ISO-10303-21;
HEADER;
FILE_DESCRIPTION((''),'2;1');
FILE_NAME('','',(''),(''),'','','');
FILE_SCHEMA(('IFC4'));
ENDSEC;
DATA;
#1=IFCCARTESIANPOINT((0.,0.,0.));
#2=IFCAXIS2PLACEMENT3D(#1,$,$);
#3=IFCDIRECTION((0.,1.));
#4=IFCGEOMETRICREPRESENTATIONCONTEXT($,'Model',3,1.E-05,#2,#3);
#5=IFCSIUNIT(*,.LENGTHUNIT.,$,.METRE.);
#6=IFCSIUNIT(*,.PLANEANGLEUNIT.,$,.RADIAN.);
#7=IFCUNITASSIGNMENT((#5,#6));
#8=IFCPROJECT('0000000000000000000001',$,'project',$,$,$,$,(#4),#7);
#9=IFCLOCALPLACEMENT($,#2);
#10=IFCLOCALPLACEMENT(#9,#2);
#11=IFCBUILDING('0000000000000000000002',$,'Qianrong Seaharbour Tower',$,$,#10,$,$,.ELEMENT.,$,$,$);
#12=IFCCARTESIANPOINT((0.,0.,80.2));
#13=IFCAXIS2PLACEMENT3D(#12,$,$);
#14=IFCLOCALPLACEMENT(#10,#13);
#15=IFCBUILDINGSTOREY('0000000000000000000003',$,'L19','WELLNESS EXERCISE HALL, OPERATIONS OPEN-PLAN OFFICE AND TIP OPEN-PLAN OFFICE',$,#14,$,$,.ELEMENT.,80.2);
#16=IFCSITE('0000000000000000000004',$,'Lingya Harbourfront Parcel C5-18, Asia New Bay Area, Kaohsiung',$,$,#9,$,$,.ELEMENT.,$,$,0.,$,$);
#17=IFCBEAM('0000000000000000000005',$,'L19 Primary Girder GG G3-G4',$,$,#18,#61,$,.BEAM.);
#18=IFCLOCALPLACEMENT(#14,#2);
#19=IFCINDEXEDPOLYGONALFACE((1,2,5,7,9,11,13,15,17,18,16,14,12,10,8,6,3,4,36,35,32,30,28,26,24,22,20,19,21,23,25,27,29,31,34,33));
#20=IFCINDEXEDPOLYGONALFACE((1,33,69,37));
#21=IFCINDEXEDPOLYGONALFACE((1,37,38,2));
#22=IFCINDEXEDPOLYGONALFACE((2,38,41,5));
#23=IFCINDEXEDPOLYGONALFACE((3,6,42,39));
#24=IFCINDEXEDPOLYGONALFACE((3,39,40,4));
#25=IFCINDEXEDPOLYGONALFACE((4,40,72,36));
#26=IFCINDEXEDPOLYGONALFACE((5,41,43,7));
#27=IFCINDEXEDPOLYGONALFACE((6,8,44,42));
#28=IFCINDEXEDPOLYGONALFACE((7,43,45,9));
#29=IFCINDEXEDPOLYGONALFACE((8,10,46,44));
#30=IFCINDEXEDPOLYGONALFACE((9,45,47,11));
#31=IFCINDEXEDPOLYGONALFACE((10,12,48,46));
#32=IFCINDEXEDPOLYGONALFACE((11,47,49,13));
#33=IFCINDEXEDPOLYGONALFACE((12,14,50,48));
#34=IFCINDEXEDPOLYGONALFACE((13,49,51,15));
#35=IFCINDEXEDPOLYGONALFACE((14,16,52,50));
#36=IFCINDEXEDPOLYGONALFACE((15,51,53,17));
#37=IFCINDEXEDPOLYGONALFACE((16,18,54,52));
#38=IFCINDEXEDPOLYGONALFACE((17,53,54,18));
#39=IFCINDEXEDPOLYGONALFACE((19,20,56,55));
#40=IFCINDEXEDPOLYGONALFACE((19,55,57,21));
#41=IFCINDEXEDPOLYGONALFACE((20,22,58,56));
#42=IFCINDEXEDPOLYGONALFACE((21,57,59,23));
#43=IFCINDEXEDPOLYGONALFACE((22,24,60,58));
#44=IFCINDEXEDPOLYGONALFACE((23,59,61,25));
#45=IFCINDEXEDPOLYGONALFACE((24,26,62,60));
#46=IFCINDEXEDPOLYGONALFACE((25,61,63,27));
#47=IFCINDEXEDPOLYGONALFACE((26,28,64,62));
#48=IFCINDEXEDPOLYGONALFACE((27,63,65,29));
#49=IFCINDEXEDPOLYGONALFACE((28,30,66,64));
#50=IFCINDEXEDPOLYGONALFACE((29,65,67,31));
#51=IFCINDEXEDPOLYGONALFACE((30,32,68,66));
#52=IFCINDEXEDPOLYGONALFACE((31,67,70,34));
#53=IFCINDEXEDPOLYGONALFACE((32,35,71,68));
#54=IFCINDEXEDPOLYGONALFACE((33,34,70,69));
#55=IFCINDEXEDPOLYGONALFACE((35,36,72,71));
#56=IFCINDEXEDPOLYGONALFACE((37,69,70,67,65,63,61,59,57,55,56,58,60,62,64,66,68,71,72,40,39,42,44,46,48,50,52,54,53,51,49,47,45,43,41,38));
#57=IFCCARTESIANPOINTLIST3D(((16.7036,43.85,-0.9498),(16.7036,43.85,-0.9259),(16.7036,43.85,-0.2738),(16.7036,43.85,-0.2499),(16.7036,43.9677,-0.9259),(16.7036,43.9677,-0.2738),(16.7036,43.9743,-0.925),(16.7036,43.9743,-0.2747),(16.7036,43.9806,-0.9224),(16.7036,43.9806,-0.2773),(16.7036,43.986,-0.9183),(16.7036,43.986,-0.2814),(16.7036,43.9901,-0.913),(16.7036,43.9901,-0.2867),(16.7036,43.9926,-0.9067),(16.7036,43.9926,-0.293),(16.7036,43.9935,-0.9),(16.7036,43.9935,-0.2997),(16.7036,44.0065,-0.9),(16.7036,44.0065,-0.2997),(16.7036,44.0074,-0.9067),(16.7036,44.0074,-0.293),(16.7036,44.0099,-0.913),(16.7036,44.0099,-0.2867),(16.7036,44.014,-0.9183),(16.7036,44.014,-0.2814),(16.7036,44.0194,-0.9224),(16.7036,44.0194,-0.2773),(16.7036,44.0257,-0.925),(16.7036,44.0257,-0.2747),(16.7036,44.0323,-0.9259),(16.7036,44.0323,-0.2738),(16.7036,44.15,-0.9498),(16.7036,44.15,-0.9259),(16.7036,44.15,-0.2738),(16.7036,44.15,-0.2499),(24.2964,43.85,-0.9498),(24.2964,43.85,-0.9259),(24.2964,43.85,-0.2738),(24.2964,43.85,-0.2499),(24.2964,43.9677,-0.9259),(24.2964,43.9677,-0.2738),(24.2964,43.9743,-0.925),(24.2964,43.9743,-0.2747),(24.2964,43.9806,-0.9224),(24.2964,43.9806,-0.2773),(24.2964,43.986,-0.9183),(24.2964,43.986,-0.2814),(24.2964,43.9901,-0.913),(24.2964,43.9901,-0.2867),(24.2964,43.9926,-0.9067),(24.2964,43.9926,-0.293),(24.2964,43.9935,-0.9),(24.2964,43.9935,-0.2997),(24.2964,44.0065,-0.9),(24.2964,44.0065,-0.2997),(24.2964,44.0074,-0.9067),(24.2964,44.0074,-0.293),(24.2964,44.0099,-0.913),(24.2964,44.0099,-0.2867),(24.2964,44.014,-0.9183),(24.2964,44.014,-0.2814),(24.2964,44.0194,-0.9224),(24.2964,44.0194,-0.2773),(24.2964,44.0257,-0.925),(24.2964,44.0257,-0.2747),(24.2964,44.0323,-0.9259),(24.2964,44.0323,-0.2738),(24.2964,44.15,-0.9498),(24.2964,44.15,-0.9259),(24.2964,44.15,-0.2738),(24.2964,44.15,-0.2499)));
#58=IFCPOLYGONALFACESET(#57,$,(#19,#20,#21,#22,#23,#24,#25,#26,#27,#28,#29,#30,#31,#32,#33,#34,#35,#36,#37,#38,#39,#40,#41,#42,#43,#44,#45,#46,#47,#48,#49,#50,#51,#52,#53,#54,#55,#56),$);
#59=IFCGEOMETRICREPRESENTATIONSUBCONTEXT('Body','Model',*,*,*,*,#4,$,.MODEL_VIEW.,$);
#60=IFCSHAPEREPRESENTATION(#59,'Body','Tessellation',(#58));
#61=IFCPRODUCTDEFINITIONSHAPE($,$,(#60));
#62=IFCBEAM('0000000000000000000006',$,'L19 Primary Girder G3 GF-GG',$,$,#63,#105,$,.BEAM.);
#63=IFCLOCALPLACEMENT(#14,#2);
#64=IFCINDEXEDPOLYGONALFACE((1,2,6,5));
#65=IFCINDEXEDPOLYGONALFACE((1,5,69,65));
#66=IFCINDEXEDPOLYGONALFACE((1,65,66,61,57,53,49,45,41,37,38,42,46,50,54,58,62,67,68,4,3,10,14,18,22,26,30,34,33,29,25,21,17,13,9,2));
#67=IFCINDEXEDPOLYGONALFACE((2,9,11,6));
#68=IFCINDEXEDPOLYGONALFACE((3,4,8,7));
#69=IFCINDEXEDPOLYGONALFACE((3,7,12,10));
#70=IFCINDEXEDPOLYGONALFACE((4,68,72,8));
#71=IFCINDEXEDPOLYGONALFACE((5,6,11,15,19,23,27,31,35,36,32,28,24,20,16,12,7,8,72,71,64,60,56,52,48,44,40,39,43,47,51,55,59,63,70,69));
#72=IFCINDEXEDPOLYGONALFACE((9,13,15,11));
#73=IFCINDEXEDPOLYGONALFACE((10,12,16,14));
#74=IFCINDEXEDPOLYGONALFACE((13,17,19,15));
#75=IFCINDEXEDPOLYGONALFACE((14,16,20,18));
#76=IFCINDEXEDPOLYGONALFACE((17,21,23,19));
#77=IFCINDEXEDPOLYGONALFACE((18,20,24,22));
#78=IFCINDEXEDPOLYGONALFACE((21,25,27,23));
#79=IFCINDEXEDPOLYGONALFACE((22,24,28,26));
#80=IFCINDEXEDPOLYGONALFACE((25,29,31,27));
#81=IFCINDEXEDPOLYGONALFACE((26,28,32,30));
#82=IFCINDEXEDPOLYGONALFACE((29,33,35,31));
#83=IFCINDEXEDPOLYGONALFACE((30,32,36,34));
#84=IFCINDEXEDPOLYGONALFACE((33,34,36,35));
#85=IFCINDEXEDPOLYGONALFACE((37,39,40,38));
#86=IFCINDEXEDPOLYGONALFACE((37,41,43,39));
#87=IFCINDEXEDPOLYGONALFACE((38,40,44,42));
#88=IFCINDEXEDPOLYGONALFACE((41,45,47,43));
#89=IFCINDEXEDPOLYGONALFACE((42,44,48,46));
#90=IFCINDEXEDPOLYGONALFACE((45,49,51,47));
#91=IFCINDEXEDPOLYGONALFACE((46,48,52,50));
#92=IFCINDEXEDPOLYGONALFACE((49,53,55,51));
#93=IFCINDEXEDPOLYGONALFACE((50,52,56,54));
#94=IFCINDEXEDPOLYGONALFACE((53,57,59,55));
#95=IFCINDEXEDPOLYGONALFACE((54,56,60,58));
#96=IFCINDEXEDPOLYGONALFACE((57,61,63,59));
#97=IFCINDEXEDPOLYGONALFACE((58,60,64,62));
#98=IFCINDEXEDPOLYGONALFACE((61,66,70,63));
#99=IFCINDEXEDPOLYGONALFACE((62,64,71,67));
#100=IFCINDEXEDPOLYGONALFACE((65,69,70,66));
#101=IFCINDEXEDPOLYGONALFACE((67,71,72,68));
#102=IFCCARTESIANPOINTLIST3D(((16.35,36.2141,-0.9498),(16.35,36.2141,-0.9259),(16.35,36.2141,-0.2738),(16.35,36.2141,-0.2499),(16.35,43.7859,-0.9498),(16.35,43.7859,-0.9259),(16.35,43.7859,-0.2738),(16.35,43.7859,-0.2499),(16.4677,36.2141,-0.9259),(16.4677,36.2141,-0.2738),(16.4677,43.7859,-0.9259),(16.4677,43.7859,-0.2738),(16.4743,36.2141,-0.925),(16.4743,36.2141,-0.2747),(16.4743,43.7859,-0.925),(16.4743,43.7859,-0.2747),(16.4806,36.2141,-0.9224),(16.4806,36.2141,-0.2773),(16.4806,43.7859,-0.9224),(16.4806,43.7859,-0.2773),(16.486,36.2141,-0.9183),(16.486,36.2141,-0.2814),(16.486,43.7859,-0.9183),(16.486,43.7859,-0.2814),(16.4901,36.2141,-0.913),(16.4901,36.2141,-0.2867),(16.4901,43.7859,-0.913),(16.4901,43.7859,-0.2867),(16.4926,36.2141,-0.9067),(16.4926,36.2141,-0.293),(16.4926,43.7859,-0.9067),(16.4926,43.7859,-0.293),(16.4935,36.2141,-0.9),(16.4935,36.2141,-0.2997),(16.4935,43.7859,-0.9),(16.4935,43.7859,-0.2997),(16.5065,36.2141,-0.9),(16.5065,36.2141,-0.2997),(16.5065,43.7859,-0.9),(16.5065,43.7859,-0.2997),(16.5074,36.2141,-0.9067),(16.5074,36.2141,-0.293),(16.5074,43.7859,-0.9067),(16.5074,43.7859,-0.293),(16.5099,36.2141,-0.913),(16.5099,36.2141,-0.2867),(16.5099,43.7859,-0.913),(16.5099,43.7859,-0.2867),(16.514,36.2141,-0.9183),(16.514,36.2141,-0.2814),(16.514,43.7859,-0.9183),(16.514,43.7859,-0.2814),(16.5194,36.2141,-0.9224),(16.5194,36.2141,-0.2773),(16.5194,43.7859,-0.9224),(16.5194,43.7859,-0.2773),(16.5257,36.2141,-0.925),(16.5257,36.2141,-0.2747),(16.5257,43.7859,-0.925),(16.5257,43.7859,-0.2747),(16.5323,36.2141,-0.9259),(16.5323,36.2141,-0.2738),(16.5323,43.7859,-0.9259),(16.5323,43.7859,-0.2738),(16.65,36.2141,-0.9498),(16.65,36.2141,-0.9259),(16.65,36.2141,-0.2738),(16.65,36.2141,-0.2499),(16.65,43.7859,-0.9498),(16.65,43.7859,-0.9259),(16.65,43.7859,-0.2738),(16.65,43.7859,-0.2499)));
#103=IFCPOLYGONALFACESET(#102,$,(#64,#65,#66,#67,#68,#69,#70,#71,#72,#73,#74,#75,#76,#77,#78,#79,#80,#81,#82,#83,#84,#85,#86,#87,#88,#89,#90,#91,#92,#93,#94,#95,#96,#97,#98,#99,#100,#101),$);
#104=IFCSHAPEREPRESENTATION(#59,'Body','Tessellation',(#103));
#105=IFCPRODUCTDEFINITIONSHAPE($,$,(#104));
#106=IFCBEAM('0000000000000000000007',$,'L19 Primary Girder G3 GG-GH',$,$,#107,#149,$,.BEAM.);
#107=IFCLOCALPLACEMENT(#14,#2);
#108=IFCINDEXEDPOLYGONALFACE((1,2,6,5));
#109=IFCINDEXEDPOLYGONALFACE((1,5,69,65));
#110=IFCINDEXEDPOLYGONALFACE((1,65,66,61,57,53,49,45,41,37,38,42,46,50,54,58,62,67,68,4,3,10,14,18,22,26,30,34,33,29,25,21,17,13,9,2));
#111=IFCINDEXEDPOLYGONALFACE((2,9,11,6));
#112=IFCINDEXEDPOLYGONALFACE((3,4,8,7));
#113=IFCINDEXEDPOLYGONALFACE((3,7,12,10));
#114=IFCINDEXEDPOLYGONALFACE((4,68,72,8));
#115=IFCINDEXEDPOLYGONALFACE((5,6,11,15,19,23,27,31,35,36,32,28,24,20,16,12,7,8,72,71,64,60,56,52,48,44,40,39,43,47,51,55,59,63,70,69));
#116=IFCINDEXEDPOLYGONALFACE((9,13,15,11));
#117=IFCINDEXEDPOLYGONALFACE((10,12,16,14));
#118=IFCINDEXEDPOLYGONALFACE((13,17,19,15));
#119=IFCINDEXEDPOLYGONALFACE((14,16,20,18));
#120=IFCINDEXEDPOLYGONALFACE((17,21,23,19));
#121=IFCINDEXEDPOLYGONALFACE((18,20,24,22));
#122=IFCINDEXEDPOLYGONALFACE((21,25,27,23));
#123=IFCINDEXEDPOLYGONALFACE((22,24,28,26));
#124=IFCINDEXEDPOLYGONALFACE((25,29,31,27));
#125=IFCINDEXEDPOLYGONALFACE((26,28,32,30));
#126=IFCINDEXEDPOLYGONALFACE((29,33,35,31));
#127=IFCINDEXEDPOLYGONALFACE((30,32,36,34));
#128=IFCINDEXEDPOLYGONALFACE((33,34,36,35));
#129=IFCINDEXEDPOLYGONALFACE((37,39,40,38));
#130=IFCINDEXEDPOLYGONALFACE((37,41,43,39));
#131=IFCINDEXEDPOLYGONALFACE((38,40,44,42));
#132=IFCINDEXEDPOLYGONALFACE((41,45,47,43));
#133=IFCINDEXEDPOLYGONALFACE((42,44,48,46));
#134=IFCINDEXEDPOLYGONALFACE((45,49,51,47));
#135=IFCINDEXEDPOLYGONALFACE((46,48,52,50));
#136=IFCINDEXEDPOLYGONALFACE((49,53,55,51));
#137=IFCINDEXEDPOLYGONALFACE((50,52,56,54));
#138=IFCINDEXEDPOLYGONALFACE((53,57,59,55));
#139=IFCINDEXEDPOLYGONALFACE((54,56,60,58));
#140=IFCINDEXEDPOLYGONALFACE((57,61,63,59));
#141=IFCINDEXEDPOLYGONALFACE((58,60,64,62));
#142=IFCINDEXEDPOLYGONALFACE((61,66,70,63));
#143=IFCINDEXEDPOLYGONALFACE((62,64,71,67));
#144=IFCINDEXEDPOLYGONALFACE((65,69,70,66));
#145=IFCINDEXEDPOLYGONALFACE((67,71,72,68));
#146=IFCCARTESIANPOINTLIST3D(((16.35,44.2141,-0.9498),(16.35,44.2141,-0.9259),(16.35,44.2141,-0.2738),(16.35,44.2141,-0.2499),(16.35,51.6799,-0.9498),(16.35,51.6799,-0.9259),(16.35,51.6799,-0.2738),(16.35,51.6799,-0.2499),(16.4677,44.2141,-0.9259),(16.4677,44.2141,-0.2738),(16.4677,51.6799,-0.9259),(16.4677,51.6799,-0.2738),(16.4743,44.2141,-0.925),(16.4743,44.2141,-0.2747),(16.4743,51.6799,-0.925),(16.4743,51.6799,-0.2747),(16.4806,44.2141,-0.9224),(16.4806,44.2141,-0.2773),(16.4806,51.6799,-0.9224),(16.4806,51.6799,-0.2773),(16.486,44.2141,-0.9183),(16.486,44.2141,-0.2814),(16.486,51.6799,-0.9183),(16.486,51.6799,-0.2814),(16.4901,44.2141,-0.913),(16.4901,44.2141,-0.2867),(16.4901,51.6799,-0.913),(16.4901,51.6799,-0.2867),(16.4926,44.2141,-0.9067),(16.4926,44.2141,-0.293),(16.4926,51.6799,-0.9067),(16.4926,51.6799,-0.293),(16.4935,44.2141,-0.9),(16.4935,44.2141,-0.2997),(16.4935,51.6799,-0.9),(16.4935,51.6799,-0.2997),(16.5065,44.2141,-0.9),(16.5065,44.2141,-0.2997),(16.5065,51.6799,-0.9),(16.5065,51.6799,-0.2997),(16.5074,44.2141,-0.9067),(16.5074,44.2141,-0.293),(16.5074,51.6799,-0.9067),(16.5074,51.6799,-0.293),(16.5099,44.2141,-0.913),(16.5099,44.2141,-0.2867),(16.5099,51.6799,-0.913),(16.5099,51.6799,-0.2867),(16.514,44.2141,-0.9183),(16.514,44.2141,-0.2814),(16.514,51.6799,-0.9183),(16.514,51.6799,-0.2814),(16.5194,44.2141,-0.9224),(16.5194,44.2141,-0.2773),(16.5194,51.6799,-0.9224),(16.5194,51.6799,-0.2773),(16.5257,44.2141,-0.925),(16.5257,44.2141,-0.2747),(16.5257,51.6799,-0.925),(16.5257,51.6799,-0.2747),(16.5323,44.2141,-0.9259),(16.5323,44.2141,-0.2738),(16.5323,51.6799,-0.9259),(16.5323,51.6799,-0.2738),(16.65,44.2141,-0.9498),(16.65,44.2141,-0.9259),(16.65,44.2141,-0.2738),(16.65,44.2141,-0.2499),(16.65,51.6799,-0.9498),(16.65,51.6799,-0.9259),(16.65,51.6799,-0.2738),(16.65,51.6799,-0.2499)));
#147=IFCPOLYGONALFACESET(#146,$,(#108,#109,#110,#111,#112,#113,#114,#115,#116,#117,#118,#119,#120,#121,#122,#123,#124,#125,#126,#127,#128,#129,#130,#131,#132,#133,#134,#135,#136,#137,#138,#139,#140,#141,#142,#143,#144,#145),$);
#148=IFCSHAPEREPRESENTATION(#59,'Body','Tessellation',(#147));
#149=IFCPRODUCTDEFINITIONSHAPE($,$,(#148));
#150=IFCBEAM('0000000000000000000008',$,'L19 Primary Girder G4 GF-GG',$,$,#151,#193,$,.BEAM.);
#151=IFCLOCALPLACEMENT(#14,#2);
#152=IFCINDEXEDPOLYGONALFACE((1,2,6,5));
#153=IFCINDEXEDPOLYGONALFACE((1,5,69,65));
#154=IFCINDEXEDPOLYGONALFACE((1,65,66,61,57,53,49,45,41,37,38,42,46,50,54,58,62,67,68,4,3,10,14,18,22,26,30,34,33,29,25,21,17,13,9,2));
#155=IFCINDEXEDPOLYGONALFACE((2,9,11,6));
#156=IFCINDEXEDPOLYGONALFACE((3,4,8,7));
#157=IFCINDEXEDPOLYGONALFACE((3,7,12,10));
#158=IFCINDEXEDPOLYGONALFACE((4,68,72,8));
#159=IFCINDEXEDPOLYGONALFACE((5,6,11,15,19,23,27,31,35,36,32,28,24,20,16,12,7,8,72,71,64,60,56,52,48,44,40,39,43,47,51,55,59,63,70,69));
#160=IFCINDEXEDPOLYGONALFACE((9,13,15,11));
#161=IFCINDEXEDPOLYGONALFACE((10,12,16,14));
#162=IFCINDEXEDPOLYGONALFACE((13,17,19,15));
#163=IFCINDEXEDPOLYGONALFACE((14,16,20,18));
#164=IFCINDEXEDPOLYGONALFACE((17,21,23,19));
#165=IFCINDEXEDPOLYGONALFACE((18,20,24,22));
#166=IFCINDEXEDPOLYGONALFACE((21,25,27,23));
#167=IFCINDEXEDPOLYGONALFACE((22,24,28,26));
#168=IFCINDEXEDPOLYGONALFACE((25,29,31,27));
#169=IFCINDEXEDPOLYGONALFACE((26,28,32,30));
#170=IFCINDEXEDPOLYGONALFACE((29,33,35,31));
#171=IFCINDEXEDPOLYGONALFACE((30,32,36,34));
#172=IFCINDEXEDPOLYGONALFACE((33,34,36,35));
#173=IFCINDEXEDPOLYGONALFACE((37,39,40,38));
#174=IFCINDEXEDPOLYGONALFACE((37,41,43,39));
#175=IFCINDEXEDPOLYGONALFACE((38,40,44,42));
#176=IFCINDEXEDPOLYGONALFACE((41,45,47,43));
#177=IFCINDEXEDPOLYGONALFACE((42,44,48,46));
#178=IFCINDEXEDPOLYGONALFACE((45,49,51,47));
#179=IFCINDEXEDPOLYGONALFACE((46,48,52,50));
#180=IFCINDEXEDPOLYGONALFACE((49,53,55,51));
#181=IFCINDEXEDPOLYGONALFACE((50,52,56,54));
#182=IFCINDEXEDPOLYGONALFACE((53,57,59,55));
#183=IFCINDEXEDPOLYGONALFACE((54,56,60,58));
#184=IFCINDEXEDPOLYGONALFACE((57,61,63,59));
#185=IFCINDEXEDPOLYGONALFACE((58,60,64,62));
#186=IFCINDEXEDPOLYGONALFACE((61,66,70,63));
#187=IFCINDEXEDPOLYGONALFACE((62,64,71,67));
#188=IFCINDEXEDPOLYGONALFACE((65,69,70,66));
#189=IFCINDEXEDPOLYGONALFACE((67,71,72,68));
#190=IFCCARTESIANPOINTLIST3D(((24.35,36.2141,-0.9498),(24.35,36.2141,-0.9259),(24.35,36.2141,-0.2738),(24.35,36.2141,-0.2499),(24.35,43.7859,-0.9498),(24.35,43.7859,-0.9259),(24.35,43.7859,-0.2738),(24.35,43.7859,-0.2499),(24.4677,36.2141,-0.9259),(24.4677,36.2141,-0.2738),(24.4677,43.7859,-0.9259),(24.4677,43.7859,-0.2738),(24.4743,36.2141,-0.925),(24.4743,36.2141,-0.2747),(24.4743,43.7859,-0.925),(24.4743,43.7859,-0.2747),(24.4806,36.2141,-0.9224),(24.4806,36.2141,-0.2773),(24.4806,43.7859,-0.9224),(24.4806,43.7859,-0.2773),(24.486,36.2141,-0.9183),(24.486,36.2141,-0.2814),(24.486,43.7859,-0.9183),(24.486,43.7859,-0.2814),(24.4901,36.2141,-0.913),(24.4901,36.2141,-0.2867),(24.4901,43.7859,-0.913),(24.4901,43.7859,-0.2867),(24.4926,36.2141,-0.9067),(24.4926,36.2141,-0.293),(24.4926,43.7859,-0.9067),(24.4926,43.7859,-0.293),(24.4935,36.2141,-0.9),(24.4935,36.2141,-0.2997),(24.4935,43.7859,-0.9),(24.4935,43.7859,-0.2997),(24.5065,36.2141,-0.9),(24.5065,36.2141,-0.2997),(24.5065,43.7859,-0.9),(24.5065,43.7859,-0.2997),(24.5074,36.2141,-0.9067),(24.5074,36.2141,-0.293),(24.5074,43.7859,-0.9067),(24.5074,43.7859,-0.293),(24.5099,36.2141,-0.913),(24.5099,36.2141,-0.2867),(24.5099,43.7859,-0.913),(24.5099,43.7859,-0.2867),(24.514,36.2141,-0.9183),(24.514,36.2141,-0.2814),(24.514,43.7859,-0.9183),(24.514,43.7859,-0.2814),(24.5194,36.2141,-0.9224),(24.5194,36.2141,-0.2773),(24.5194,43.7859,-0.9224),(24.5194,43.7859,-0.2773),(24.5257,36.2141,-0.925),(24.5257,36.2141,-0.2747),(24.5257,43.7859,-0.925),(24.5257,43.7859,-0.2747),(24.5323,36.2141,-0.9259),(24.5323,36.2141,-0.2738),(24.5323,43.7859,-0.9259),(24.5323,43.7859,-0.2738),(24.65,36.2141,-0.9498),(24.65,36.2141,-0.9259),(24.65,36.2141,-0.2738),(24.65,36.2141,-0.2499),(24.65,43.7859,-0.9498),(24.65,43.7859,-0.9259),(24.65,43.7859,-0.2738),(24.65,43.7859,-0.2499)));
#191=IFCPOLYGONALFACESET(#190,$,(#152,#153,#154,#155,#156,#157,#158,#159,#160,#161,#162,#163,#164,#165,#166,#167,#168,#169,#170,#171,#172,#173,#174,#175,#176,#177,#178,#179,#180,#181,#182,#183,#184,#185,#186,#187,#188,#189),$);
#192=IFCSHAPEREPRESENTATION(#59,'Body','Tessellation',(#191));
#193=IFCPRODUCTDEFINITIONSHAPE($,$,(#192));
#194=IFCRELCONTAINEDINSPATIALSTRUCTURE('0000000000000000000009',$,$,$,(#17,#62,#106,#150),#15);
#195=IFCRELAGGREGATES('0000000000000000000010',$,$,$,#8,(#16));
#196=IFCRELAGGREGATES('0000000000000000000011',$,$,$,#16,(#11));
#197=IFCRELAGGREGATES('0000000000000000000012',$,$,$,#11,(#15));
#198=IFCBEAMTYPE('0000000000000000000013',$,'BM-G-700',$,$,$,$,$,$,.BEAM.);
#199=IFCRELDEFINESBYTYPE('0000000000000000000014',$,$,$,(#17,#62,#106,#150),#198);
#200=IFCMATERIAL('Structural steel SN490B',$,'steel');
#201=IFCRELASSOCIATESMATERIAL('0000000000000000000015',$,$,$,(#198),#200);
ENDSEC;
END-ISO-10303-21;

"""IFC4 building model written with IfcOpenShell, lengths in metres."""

from ifc_helpers import new_model, si_unit, direction, frame, origin, origin_2d, place, context, subcontext, project, spatial, i_section, extrude, material, material_profile, profile_set, type_object, element, save


model = new_model("IFC4")

# Units and contexts
model_context = context("Model", 3, precision=1e-05, world=origin(), true_north=direction((0.0, 1.0)))
body_context = subcontext(model_context, "Body", "Model", "MODEL_VIEW")
ifc_project = project(units=[si_unit("LENGTHUNIT", "METRE"), si_unit("PLANEANGLEUNIT", "RADIAN")], contexts=[model_context])

# Site, building, storey
site_placement = place(None, origin())
site = spatial("IfcSite", under=ifc_project, at=site_placement, Name="Lingya Harbourfront Parcel C5-18, Asia New Bay Area, Kaohsiung", CompositionType="ELEMENT", RefElevation=0.0)
building_placement = place(site_placement, origin())
building = spatial("IfcBuilding", under=site, at=building_placement, Name="Qianrong Seaharbour Tower", CompositionType="ELEMENT")
storey_placement = place(building_placement, frame((0.0, 0.0, 80.2)))
storey = spatial("IfcBuildingStorey", under=building, at=storey_placement, Name="L19", Description="WELLNESS EXERCISE HALL, OPERATIONS OPEN-PLAN OFFICE AND TIP OPEN-PLAN OFFICE", CompositionType="ELEMENT", Elevation=80.2)

# Shared definitions
ifc_material_1 = material(Name="Structural steel SN490B", Category="steel")

# Beams
ifc_material_profile_1 = material_profile(ifc_material_1, i_section(OverallWidth=0.3, OverallDepth=0.7, WebThickness=0.0129, FlangeThickness=0.0239, FilletRadius=0.0259, at=origin_2d()), Name="H700x300x13x24")
ifc_profile_set_1 = profile_set([ifc_material_profile_1], Name="Structural steel SN490B")
beam_type_1 = type_object("IfcBeamType", Name="BM-G-700", PredefinedType="BEAM", material=ifc_profile_set_1)
beam_1_placement = place(storey_placement, frame((16.7036, 44.0, -0.5999), z_axis=(1.0, 0.0, 0.0), x_axis=(0.0, 1.0, 0.0)))
element("IfcBeam", 1, at=beam_1_placement, inside=storey, type_object=beam_type_1, Name="L19 Primary Girder GG G3-G4", PredefinedType="BEAM", context=body_context, shape_type="SweptSolid", body=[
    extrude(i_section(OverallWidth=0.3, OverallDepth=0.7, WebThickness=0.0129, FlangeThickness=0.0239, FilletRadius=0.0259, at=origin_2d()), origin(), (0.0, 0.0, 1.0), 7.5928),
])
beam_2_placement = place(storey_placement, frame((16.5, 36.2141, -0.5999), z_axis=(0.0, 1.0, 0.0), x_axis=(-1.0, 0.0, 0.0)))
element("IfcBeam", 2, at=beam_2_placement, inside=storey, type_object=beam_type_1, Name="L19 Primary Girder G3 GF-GG", PredefinedType="BEAM", context=body_context, shape_type="SweptSolid", body=[
    extrude(i_section(OverallWidth=0.3, OverallDepth=0.7, WebThickness=0.0129, FlangeThickness=0.0239, FilletRadius=0.0259, at=origin_2d()), origin(), (0.0, 0.0, 1.0), 7.5718),
])
beam_3_placement = place(storey_placement, frame((16.5, 44.2141, -0.5999), z_axis=(0.0, 1.0, 0.0), x_axis=(-1.0, 0.0, 0.0)))
element("IfcBeam", 3, at=beam_3_placement, inside=storey, type_object=beam_type_1, Name="L19 Primary Girder G3 GG-GH", PredefinedType="BEAM", context=body_context, shape_type="SweptSolid", body=[
    extrude(i_section(OverallWidth=0.3, OverallDepth=0.7, WebThickness=0.0129, FlangeThickness=0.0239, FilletRadius=0.0259, at=origin_2d()), origin(), (0.0, 0.0, 1.0), 7.4658),
])
beam_4_placement = place(storey_placement, frame((24.5, 36.2141, -0.5999), z_axis=(0.0, 1.0, 0.0), x_axis=(-1.0, 0.0, 0.0)))
element("IfcBeam", 4, at=beam_4_placement, inside=storey, type_object=beam_type_1, Name="L19 Primary Girder G4 GF-GG", PredefinedType="BEAM", context=body_context, shape_type="SweptSolid", body=[
    extrude(i_section(OverallWidth=0.3, OverallDepth=0.7, WebThickness=0.0129, FlangeThickness=0.0239, FilletRadius=0.0259, at=origin_2d()), origin(), (0.0, 0.0, 1.0), 7.5718),
])

save(model, "model.ifc")
